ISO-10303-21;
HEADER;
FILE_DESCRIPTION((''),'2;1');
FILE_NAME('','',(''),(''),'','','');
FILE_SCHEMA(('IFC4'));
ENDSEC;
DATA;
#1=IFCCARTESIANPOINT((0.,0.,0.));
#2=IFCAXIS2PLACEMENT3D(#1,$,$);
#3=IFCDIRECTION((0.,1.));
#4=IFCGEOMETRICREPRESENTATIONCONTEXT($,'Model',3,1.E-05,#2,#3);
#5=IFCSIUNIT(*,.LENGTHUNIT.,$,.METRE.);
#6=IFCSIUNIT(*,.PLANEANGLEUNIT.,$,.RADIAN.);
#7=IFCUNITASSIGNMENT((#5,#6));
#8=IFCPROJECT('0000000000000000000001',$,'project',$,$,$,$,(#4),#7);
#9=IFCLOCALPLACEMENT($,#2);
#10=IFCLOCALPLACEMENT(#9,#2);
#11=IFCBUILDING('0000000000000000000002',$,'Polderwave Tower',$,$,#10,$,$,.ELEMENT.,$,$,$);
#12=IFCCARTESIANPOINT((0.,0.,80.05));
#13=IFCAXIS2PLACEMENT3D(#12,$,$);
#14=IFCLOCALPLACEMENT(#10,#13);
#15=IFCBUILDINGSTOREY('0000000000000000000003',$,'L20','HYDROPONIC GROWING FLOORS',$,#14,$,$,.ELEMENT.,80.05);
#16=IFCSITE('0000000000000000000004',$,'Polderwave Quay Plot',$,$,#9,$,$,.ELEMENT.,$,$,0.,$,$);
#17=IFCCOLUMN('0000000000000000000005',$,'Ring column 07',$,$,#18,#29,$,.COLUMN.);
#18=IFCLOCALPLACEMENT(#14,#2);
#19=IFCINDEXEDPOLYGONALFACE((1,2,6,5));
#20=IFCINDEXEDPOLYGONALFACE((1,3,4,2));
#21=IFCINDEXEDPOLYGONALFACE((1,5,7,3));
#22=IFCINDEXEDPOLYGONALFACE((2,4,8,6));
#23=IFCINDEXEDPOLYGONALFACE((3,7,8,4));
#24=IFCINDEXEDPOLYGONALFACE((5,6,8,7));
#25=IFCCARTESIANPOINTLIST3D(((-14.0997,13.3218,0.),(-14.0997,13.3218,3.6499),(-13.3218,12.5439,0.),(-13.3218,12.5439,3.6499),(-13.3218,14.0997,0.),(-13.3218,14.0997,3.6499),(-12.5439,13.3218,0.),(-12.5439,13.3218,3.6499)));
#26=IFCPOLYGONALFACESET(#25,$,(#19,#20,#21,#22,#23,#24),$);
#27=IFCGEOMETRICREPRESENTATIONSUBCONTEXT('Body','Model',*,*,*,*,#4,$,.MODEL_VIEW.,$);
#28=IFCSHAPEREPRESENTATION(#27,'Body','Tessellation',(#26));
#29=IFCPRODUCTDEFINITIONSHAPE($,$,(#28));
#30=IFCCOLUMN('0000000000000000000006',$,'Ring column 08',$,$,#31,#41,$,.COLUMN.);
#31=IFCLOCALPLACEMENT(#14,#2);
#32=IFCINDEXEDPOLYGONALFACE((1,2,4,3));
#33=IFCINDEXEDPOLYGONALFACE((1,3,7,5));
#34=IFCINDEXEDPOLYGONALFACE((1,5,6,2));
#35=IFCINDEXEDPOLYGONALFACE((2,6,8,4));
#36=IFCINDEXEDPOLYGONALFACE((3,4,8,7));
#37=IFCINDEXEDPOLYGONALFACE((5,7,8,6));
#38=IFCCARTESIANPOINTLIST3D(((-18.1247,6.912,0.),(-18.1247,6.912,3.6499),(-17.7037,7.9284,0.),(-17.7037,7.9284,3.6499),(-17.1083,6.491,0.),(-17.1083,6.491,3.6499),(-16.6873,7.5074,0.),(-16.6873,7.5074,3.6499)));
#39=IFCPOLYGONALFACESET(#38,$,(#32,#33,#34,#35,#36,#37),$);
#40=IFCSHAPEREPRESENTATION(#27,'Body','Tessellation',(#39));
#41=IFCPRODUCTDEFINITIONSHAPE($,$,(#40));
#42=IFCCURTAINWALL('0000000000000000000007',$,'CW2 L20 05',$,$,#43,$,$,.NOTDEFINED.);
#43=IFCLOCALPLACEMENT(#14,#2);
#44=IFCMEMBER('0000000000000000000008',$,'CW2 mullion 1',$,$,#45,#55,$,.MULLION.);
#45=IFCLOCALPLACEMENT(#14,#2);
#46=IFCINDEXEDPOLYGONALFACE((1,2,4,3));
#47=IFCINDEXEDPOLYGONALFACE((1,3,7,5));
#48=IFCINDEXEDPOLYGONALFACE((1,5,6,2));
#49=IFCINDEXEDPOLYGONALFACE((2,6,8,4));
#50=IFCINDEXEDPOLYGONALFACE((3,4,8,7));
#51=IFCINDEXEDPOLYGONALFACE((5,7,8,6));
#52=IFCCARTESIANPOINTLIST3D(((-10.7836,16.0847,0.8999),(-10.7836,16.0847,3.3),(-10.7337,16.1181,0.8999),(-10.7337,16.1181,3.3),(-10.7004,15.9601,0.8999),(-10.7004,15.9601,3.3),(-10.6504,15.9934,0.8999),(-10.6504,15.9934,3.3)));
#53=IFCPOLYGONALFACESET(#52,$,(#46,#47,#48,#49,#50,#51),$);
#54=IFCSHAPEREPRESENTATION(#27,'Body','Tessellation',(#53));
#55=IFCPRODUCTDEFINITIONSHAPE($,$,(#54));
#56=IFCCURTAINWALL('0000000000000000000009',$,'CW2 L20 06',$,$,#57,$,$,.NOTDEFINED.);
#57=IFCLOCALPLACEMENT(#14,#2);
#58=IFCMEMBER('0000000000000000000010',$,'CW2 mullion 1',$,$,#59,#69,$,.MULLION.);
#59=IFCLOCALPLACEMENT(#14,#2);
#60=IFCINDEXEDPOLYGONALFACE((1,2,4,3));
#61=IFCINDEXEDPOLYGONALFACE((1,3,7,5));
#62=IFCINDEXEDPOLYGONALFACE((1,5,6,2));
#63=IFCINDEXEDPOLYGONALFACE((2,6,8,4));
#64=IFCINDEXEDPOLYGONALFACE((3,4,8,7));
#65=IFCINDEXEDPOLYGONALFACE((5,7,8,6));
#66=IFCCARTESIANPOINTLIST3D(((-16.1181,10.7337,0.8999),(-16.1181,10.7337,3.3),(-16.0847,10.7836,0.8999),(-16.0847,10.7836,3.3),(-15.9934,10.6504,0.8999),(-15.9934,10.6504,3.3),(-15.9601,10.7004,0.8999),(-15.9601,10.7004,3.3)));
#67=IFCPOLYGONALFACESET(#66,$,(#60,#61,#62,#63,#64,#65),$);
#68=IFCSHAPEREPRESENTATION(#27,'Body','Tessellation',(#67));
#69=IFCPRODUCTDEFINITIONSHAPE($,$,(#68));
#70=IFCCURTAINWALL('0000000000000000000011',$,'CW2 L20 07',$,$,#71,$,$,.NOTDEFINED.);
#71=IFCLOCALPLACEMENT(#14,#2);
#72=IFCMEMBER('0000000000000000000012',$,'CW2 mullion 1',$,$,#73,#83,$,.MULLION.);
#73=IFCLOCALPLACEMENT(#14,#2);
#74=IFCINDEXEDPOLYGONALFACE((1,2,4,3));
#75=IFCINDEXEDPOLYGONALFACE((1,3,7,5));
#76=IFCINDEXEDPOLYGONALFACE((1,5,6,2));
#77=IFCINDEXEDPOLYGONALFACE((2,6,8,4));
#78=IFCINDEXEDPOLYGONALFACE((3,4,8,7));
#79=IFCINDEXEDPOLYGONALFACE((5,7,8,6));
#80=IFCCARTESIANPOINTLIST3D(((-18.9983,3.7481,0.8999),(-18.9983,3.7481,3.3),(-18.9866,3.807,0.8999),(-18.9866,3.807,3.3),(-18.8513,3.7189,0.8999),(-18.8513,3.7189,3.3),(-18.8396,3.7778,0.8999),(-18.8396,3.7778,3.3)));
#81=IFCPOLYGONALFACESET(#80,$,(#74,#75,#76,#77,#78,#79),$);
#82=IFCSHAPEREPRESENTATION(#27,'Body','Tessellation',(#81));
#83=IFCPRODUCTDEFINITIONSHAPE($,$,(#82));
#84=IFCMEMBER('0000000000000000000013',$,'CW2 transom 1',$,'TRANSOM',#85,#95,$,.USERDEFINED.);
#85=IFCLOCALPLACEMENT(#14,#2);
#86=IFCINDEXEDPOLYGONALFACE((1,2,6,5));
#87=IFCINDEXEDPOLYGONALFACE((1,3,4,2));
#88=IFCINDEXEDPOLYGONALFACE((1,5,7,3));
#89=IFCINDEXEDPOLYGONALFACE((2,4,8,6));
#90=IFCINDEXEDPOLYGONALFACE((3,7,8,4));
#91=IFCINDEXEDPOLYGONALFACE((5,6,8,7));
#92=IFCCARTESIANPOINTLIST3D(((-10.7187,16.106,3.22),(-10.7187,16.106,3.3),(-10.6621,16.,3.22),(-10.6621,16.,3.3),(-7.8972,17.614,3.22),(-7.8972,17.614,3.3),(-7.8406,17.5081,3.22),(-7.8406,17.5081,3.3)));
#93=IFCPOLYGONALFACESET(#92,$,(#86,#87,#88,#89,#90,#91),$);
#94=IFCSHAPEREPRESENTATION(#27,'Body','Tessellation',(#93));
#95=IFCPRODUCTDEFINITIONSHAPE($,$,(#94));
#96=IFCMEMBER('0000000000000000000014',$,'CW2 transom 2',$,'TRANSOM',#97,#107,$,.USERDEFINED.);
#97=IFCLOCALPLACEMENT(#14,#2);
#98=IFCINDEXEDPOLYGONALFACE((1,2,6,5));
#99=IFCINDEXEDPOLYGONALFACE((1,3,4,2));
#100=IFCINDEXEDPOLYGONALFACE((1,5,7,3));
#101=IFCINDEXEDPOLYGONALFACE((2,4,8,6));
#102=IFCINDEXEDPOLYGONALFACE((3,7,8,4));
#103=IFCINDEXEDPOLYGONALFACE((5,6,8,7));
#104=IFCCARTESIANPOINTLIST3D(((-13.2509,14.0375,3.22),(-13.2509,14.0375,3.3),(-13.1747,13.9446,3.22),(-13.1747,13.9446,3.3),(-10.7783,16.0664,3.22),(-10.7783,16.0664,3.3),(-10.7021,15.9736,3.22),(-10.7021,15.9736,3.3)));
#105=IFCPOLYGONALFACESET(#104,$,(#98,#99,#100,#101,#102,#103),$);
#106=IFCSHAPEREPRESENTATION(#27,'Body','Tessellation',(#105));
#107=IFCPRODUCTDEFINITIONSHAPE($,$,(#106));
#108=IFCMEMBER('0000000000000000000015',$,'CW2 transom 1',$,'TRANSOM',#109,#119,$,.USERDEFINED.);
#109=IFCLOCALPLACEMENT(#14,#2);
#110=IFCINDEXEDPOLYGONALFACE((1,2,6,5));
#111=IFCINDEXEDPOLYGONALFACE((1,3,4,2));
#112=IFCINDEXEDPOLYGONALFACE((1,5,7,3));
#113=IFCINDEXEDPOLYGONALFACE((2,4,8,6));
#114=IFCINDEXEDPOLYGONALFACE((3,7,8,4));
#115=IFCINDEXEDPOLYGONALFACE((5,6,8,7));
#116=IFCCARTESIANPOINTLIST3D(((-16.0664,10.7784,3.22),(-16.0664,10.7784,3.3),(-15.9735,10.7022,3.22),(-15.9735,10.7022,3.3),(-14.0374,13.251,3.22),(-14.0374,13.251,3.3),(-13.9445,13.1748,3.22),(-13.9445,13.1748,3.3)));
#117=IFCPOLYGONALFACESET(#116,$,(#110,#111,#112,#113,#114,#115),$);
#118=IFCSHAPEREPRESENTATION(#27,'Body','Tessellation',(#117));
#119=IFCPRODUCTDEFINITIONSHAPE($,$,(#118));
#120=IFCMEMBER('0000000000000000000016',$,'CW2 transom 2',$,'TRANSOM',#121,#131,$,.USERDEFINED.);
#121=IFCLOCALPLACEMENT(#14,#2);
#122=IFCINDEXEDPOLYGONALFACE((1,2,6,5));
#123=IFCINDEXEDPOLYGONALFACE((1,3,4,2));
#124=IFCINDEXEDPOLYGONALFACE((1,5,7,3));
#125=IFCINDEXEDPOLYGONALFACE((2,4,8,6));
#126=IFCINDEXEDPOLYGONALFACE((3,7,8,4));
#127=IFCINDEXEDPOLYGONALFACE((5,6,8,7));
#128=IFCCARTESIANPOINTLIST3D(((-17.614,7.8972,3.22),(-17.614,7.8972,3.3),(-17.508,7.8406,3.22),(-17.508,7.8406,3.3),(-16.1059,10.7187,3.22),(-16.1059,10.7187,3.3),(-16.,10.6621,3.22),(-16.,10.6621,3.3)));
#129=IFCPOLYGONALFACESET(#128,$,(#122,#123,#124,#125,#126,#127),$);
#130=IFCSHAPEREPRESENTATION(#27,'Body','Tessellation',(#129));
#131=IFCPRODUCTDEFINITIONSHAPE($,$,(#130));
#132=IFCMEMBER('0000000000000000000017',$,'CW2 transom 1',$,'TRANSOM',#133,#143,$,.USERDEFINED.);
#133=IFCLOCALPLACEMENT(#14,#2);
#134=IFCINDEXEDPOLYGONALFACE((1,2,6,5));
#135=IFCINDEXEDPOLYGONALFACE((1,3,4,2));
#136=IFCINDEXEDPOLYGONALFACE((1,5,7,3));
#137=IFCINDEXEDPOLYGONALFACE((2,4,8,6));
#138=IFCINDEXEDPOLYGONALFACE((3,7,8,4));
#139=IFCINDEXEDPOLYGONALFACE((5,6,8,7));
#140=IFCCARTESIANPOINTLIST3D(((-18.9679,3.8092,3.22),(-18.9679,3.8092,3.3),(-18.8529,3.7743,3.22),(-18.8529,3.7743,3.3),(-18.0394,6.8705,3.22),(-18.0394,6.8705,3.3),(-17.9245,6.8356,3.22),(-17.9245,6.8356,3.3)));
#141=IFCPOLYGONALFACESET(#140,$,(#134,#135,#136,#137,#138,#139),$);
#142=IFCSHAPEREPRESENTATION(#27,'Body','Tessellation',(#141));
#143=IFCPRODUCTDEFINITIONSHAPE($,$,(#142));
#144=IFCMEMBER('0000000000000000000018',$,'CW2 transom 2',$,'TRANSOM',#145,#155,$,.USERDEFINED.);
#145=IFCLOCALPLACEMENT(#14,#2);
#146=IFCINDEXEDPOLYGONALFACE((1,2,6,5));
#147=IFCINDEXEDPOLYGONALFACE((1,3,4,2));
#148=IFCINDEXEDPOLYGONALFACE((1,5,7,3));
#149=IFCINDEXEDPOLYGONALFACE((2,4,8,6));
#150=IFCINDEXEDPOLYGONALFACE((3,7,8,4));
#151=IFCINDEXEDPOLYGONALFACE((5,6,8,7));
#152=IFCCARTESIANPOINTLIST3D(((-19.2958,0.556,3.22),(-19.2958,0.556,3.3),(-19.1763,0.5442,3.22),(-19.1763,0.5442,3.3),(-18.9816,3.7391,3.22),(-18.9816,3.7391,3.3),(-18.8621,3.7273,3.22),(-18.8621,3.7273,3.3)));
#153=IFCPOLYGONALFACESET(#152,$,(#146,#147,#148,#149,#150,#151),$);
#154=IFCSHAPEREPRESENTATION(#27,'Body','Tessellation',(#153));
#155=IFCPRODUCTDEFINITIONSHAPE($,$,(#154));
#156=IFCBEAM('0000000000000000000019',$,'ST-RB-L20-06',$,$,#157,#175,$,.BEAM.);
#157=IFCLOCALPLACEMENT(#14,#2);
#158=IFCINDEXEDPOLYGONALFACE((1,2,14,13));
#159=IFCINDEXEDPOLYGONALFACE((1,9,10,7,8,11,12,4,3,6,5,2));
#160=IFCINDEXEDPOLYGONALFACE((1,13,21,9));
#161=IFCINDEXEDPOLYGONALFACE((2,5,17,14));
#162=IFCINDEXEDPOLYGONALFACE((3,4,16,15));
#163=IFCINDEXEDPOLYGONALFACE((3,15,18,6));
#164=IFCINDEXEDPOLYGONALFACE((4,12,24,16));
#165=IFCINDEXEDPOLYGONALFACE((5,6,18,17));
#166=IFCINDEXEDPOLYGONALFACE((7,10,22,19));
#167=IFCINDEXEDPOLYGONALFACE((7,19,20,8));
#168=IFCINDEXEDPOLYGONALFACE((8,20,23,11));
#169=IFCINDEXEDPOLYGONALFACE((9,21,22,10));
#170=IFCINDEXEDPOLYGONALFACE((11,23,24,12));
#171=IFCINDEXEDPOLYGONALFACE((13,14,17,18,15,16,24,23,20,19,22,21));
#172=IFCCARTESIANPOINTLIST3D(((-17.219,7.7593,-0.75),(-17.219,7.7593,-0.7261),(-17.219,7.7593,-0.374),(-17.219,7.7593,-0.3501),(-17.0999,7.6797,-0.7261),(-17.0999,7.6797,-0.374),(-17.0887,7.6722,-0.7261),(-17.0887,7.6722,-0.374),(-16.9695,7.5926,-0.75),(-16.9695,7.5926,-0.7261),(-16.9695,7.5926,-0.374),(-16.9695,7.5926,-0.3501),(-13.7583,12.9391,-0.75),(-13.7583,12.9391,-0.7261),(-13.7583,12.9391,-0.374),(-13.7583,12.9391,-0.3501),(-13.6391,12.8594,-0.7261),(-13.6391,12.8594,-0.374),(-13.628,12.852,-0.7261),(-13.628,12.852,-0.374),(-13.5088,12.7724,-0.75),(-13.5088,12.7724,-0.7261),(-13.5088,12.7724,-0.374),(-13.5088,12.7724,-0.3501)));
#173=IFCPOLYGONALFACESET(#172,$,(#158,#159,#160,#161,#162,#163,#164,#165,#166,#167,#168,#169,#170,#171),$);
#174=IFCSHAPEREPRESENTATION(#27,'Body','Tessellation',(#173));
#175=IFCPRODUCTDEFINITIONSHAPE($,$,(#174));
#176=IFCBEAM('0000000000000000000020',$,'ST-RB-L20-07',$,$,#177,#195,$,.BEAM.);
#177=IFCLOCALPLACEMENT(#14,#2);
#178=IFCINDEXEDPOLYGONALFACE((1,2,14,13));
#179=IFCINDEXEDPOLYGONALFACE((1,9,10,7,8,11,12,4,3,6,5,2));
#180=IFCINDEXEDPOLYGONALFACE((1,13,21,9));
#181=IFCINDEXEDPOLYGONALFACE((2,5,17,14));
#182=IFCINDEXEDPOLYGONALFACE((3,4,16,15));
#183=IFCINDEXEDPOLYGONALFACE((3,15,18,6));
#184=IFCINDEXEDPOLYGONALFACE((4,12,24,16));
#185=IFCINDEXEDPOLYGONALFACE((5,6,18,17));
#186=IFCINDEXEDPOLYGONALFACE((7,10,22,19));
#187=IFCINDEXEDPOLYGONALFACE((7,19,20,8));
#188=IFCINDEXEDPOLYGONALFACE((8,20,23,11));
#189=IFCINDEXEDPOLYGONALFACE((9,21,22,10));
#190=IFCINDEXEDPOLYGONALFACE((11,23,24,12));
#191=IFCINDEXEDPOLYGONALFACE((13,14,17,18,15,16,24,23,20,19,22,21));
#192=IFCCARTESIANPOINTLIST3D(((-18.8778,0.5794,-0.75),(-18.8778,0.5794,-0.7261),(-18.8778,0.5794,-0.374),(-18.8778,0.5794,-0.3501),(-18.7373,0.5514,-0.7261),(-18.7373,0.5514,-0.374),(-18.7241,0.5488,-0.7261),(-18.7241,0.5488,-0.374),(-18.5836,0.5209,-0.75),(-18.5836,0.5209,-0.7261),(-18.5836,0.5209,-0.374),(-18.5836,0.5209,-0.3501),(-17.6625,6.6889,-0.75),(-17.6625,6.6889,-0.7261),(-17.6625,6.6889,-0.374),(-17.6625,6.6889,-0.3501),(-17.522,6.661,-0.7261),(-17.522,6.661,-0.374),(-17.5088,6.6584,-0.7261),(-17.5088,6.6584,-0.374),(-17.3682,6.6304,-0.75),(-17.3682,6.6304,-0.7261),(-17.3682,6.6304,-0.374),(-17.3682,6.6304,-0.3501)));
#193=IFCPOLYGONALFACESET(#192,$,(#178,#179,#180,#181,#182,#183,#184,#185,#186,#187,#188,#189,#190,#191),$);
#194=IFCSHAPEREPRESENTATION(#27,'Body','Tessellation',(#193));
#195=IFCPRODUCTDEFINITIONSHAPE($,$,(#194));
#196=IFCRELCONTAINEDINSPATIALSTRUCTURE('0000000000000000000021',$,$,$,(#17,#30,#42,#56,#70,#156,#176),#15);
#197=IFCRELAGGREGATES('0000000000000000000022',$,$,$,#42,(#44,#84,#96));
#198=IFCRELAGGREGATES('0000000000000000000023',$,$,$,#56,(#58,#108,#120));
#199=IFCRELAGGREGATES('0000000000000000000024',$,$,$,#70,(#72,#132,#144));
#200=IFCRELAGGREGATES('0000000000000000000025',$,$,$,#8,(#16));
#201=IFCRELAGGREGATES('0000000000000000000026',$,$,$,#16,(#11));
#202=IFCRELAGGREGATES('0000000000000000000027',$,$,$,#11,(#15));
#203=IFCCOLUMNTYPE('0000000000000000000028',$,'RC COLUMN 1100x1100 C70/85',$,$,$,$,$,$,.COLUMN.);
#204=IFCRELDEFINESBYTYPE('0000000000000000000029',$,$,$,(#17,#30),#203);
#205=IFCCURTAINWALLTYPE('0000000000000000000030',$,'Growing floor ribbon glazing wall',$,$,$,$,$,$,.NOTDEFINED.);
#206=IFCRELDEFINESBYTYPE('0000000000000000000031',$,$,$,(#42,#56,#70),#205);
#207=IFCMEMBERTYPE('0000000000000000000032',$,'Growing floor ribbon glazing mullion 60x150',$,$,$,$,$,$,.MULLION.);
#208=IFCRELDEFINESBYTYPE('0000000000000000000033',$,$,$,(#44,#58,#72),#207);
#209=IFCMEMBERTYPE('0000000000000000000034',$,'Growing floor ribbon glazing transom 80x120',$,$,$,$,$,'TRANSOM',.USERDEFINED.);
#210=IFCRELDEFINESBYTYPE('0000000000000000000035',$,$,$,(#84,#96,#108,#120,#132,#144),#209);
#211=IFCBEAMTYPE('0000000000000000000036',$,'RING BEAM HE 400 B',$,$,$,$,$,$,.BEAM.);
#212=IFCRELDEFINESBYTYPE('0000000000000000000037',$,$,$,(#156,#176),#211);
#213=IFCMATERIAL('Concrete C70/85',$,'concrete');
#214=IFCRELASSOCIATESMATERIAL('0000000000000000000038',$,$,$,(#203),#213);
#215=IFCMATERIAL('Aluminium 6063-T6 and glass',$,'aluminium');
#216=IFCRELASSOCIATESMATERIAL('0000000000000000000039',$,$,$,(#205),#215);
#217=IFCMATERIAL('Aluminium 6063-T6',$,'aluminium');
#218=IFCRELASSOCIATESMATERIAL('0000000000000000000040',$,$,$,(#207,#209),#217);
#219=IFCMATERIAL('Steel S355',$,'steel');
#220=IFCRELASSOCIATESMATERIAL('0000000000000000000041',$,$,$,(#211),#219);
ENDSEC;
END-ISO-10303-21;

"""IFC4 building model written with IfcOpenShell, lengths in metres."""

from ifc_helpers import new_model, si_unit, direction, frame, origin, origin_2d, place, context, subcontext, project, spatial, rectangle, i_section, extrude, material, material_profile, profile_set, type_object, element, aggregate, save


model = new_model("IFC4")

# Units and contexts
model_context = context("Model", 3, precision=1e-05, world=origin(), true_north=direction((0.0, 1.0)))
body_context = subcontext(model_context, "Body", "Model", "MODEL_VIEW")
ifc_project = project(units=[si_unit("LENGTHUNIT", "METRE"), si_unit("PLANEANGLEUNIT", "RADIAN")], contexts=[model_context])

# Site, building, storey
site_placement = place(None, origin())
site = spatial("IfcSite", under=ifc_project, at=site_placement, Name="Polderwave Quay Plot", CompositionType="ELEMENT", RefElevation=0.0)
building_placement = place(site_placement, origin())
building = spatial("IfcBuilding", under=site, at=building_placement, Name="Polderwave Tower", CompositionType="ELEMENT")
storey_placement = place(building_placement, frame((0.0, 0.0, 80.05)))
storey = spatial("IfcBuildingStorey", under=building, at=storey_placement, Name="L20", Description="HYDROPONIC GROWING FLOORS", CompositionType="ELEMENT", Elevation=80.05)

# Columns
ifc_material_1 = material(Name="Concrete C70/85", Category="concrete")
ifc_material_profile_1 = material_profile(ifc_material_1, rectangle(XDim=1.1001, YDim=1.1001, at=origin_2d()), Name="RC 1100x1100")
ifc_profile_set_1 = profile_set([ifc_material_profile_1], Name="Concrete C70/85")
column_type = type_object("IfcColumnType", Name="RC COLUMN 1100x1100 C70/85", PredefinedType="COLUMN", material=ifc_profile_set_1)
for number, where, z_axis, x_axis, name in (
    (1, (-13.3218, 13.3218, 0.0), (0.0, 0.0, 1.0), (-0.707107, 0.707107, 0.0), "Ring column 07"),
    (2, (-17.406, 7.2097, 0.0), (0.0, 0.0, 1.0), (-0.92388, 0.382683, 0.0), "Ring column 08"),
):
    element("IfcColumn", number, at=place(storey_placement, frame(where, z_axis=z_axis, x_axis=x_axis)), inside=storey, type_object=column_type, Name=name, PredefinedType="COLUMN", context=body_context, shape_type="SweptSolid", body=[
        extrude(rectangle(XDim=1.1001, YDim=1.1001, at=origin_2d()), origin(), (0.0, 0.0, 1.0), 3.6499),
    ])

# Curtain walls, members
ifc_material_2 = material(Name="Aluminium 6063-T6 and glass", Category="aluminium")
curtain_wall_type = type_object("IfcCurtainWallType", Name="Growing floor ribbon glazing wall", PredefinedType="NOTDEFINED", material=ifc_material_2)
curtain_wall_1_placement = place(storey_placement, origin())
curtain_wall_1 = element("IfcCurtainWall", 3, at=curtain_wall_1_placement, inside=storey, type_object=curtain_wall_type, Name="CW2 L20 05", PredefinedType="NOTDEFINED")
ifc_material_3 = material(Name="Aluminium 6063-T6", Category="aluminium")
ifc_material_profile_2 = material_profile(ifc_material_3, rectangle(XDim=0.1499, YDim=0.0601, at=origin_2d()), Name="AL 60x150")
ifc_profile_set_2 = profile_set([ifc_material_profile_2], Name="Aluminium 6063-T6")
member_type_1 = type_object("IfcMemberType", Name="Growing floor ribbon glazing mullion 60x150", PredefinedType="MULLION", material=ifc_profile_set_2)
member_1_placement = place(storey_placement, frame((-10.717, 16.0391, 0.8999), z_axis=(0.0, 0.0, 1.0), x_axis=(0.555496, -0.831519, 0.0)))
member_1 = element("IfcMember", 4, at=member_1_placement, type_object=member_type_1, Name="CW2 mullion 1", PredefinedType="MULLION", context=body_context, shape_type="SweptSolid", body=[
    extrude(rectangle(XDim=0.1499, YDim=0.0601, at=origin_2d()), origin(), (0.0, 0.0, 1.0), 2.4001),
])
curtain_wall_2_placement = place(storey_placement, origin())
curtain_wall_2 = element("IfcCurtainWall", 5, at=curtain_wall_2_placement, inside=storey, type_object=curtain_wall_type, Name="CW2 L20 06", PredefinedType="NOTDEFINED")
member_2_placement = place(storey_placement, frame((-16.0391, 10.717, 0.8999), z_axis=(0.0, 0.0, 1.0), x_axis=(0.831519, -0.555496, 0.0)))
member_2 = element("IfcMember", 6, at=member_2_placement, type_object=member_type_1, Name="CW2 mullion 1", PredefinedType="MULLION", context=body_context, shape_type="SweptSolid", body=[
    extrude(rectangle(XDim=0.1499, YDim=0.0601, at=origin_2d()), origin(), (0.0, 0.0, 1.0), 2.4001),
])
curtain_wall_3_placement = place(storey_placement, origin())
curtain_wall_3 = element("IfcCurtainWall", 7, at=curtain_wall_3_placement, inside=storey, type_object=curtain_wall_type, Name="CW2 L20 07", PredefinedType="NOTDEFINED")
member_3_placement = place(storey_placement, frame((-18.9189, 3.7629, 0.8999), z_axis=(0.0, 0.0, 1.0), x_axis=(0.980779, -0.195123, 0.0)))
member_3 = element("IfcMember", 8, at=member_3_placement, type_object=member_type_1, Name="CW2 mullion 1", PredefinedType="MULLION", context=body_context, shape_type="SweptSolid", body=[
    extrude(rectangle(XDim=0.1499, YDim=0.0601, at=origin_2d()), origin(), (0.0, 0.0, 1.0), 2.4001),
])

# Members
ifc_material_profile_3 = material_profile(ifc_material_3, rectangle(XDim=0.1201, YDim=0.0801, at=origin_2d()), Name="AL 80x120")
ifc_profile_set_3 = profile_set([ifc_material_profile_3], Name="Aluminium 6063-T6")
member_type_2 = type_object("IfcMemberType", Name="Growing floor ribbon glazing transom 80x120", ElementType="TRANSOM", PredefinedType="USERDEFINED", material=ifc_profile_set_3)
member_4_placement = place(storey_placement, frame((-7.8689, 17.561, 3.26), z_axis=(-0.881932, -0.471376, 0.0), x_axis=(0.471376, -0.881932, 0.0)))
member_4 = element("IfcMember", 9, at=member_4_placement, type_object=member_type_2, Name="CW2 transom 1", ObjectType="TRANSOM", PredefinedType="USERDEFINED", context=body_context, shape_type="SweptSolid", body=[
    extrude(rectangle(XDim=0.1201, YDim=0.0801, at=origin_2d()), origin(), (0.0, 0.0, 1.0), 3.1992),
])
member_5_placement = place(storey_placement, frame((-10.7402, 16.02, 3.26), z_axis=(-0.773042, -0.634355, 0.0), x_axis=(0.634355, -0.773042, 0.0)))
member_5 = element("IfcMember", 10, at=member_5_placement, type_object=member_type_2, Name="CW2 transom 2", ObjectType="TRANSOM", PredefinedType="USERDEFINED", context=body_context, shape_type="SweptSolid", body=[
    extrude(rectangle(XDim=0.1201, YDim=0.0801, at=origin_2d()), origin(), (0.0, 0.0, 1.0), 3.1985),
])
member_6_placement = place(storey_placement, frame((-13.991, 13.2129, 3.26), z_axis=(-0.634355, -0.773042, 0.0), x_axis=(0.773042, -0.634355, 0.0)))
member_6 = element("IfcMember", 11, at=member_6_placement, type_object=member_type_2, Name="CW2 transom 1", ObjectType="TRANSOM", PredefinedType="USERDEFINED", context=body_context, shape_type="SweptSolid", body=[
    extrude(rectangle(XDim=0.1201, YDim=0.0801, at=origin_2d()), origin(), (0.0, 0.0, 1.0), 3.1985),
])
member_7_placement = place(storey_placement, frame((-16.053, 10.6904, 3.26), z_axis=(-0.471376, -0.881932, 0.0), x_axis=(0.881932, -0.471376, 0.0)))
member_7 = element("IfcMember", 12, at=member_7_placement, type_object=member_type_2, Name="CW2 transom 2", ObjectType="TRANSOM", PredefinedType="USERDEFINED", context=body_context, shape_type="SweptSolid", body=[
    extrude(rectangle(XDim=0.1201, YDim=0.0801, at=origin_2d()), origin(), (0.0, 0.0, 1.0), 3.1992),
])
member_8_placement = place(storey_placement, frame((-17.9819, 6.853, 3.26), z_axis=(-0.290238, -0.956954, 0.0), x_axis=(0.956954, -0.290238, 0.0)))
member_8 = element("IfcMember", 13, at=member_8_placement, type_object=member_type_2, Name="CW2 transom 1", ObjectType="TRANSOM", PredefinedType="USERDEFINED", context=body_context, shape_type="SweptSolid", body=[
    extrude(rectangle(XDim=0.1201, YDim=0.0801, at=origin_2d()), origin(), (0.0, 0.0, 1.0), 3.199),
])
member_9_placement = place(storey_placement, frame((-18.9219, 3.7332, 3.26), z_axis=(-0.098234, -0.995163, 0.0), x_axis=(0.995163, -0.098234, 0.0)))
member_9 = element("IfcMember", 14, at=member_9_placement, type_object=member_type_2, Name="CW2 transom 2", ObjectType="TRANSOM", PredefinedType="USERDEFINED", context=body_context, shape_type="SweptSolid", body=[
    extrude(rectangle(XDim=0.1201, YDim=0.0801, at=origin_2d()), origin(), (0.0, 0.0, 1.0), 3.1985),
])

# Beams
ifc_material_4 = material(Name="Steel S355", Category="steel")
ifc_material_profile_4 = material_profile(ifc_material_4, i_section(OverallWidth=0.3, OverallDepth=0.3999, WebThickness=0.0134, FlangeThickness=0.0239, at=origin_2d()), Name="HE 400 B")
ifc_profile_set_4 = profile_set([ifc_material_profile_4], Name="Steel S355")
beam_type = type_object("IfcBeamType", Name="RING BEAM HE 400 B", PredefinedType="BEAM", material=ifc_profile_set_4)
beam_1_placement = place(storey_placement, frame((-13.6335, 12.8557, -0.55), z_axis=(-0.555541, -0.831489, 0.0), x_axis=(0.831489, -0.555541, 0.0)))
element("IfcBeam", 15, at=beam_1_placement, inside=storey, type_object=beam_type, Name="ST-RB-L20-06", PredefinedType="BEAM", context=body_context, shape_type="SweptSolid", body=[
    extrude(i_section(OverallWidth=0.3, OverallDepth=0.3999, WebThickness=0.0134, FlangeThickness=0.0239, at=origin_2d()), origin(), (0.0, 0.0, 1.0), 6.2295),
])
beam_2_placement = place(storey_placement, frame((-17.5154, 6.6597, -0.55), z_axis=(-0.195099, -0.980784, 0.0), x_axis=(0.980784, -0.195099, 0.0)))
element("IfcBeam", 16, at=beam_2_placement, inside=storey, type_object=beam_type, Name="ST-RB-L20-07", PredefinedType="BEAM", context=body_context, shape_type="SweptSolid", body=[
    extrude(i_section(OverallWidth=0.3, OverallDepth=0.3999, WebThickness=0.0134, FlangeThickness=0.0239, at=origin_2d()), origin(), (0.0, 0.0, 1.0), 6.2292),
])

aggregate(curtain_wall_1, [member_1, member_4, member_5])
aggregate(curtain_wall_2, [member_2, member_6, member_7])
aggregate(curtain_wall_3, [member_3, member_8, member_9])

save(model, "model.ifc")
